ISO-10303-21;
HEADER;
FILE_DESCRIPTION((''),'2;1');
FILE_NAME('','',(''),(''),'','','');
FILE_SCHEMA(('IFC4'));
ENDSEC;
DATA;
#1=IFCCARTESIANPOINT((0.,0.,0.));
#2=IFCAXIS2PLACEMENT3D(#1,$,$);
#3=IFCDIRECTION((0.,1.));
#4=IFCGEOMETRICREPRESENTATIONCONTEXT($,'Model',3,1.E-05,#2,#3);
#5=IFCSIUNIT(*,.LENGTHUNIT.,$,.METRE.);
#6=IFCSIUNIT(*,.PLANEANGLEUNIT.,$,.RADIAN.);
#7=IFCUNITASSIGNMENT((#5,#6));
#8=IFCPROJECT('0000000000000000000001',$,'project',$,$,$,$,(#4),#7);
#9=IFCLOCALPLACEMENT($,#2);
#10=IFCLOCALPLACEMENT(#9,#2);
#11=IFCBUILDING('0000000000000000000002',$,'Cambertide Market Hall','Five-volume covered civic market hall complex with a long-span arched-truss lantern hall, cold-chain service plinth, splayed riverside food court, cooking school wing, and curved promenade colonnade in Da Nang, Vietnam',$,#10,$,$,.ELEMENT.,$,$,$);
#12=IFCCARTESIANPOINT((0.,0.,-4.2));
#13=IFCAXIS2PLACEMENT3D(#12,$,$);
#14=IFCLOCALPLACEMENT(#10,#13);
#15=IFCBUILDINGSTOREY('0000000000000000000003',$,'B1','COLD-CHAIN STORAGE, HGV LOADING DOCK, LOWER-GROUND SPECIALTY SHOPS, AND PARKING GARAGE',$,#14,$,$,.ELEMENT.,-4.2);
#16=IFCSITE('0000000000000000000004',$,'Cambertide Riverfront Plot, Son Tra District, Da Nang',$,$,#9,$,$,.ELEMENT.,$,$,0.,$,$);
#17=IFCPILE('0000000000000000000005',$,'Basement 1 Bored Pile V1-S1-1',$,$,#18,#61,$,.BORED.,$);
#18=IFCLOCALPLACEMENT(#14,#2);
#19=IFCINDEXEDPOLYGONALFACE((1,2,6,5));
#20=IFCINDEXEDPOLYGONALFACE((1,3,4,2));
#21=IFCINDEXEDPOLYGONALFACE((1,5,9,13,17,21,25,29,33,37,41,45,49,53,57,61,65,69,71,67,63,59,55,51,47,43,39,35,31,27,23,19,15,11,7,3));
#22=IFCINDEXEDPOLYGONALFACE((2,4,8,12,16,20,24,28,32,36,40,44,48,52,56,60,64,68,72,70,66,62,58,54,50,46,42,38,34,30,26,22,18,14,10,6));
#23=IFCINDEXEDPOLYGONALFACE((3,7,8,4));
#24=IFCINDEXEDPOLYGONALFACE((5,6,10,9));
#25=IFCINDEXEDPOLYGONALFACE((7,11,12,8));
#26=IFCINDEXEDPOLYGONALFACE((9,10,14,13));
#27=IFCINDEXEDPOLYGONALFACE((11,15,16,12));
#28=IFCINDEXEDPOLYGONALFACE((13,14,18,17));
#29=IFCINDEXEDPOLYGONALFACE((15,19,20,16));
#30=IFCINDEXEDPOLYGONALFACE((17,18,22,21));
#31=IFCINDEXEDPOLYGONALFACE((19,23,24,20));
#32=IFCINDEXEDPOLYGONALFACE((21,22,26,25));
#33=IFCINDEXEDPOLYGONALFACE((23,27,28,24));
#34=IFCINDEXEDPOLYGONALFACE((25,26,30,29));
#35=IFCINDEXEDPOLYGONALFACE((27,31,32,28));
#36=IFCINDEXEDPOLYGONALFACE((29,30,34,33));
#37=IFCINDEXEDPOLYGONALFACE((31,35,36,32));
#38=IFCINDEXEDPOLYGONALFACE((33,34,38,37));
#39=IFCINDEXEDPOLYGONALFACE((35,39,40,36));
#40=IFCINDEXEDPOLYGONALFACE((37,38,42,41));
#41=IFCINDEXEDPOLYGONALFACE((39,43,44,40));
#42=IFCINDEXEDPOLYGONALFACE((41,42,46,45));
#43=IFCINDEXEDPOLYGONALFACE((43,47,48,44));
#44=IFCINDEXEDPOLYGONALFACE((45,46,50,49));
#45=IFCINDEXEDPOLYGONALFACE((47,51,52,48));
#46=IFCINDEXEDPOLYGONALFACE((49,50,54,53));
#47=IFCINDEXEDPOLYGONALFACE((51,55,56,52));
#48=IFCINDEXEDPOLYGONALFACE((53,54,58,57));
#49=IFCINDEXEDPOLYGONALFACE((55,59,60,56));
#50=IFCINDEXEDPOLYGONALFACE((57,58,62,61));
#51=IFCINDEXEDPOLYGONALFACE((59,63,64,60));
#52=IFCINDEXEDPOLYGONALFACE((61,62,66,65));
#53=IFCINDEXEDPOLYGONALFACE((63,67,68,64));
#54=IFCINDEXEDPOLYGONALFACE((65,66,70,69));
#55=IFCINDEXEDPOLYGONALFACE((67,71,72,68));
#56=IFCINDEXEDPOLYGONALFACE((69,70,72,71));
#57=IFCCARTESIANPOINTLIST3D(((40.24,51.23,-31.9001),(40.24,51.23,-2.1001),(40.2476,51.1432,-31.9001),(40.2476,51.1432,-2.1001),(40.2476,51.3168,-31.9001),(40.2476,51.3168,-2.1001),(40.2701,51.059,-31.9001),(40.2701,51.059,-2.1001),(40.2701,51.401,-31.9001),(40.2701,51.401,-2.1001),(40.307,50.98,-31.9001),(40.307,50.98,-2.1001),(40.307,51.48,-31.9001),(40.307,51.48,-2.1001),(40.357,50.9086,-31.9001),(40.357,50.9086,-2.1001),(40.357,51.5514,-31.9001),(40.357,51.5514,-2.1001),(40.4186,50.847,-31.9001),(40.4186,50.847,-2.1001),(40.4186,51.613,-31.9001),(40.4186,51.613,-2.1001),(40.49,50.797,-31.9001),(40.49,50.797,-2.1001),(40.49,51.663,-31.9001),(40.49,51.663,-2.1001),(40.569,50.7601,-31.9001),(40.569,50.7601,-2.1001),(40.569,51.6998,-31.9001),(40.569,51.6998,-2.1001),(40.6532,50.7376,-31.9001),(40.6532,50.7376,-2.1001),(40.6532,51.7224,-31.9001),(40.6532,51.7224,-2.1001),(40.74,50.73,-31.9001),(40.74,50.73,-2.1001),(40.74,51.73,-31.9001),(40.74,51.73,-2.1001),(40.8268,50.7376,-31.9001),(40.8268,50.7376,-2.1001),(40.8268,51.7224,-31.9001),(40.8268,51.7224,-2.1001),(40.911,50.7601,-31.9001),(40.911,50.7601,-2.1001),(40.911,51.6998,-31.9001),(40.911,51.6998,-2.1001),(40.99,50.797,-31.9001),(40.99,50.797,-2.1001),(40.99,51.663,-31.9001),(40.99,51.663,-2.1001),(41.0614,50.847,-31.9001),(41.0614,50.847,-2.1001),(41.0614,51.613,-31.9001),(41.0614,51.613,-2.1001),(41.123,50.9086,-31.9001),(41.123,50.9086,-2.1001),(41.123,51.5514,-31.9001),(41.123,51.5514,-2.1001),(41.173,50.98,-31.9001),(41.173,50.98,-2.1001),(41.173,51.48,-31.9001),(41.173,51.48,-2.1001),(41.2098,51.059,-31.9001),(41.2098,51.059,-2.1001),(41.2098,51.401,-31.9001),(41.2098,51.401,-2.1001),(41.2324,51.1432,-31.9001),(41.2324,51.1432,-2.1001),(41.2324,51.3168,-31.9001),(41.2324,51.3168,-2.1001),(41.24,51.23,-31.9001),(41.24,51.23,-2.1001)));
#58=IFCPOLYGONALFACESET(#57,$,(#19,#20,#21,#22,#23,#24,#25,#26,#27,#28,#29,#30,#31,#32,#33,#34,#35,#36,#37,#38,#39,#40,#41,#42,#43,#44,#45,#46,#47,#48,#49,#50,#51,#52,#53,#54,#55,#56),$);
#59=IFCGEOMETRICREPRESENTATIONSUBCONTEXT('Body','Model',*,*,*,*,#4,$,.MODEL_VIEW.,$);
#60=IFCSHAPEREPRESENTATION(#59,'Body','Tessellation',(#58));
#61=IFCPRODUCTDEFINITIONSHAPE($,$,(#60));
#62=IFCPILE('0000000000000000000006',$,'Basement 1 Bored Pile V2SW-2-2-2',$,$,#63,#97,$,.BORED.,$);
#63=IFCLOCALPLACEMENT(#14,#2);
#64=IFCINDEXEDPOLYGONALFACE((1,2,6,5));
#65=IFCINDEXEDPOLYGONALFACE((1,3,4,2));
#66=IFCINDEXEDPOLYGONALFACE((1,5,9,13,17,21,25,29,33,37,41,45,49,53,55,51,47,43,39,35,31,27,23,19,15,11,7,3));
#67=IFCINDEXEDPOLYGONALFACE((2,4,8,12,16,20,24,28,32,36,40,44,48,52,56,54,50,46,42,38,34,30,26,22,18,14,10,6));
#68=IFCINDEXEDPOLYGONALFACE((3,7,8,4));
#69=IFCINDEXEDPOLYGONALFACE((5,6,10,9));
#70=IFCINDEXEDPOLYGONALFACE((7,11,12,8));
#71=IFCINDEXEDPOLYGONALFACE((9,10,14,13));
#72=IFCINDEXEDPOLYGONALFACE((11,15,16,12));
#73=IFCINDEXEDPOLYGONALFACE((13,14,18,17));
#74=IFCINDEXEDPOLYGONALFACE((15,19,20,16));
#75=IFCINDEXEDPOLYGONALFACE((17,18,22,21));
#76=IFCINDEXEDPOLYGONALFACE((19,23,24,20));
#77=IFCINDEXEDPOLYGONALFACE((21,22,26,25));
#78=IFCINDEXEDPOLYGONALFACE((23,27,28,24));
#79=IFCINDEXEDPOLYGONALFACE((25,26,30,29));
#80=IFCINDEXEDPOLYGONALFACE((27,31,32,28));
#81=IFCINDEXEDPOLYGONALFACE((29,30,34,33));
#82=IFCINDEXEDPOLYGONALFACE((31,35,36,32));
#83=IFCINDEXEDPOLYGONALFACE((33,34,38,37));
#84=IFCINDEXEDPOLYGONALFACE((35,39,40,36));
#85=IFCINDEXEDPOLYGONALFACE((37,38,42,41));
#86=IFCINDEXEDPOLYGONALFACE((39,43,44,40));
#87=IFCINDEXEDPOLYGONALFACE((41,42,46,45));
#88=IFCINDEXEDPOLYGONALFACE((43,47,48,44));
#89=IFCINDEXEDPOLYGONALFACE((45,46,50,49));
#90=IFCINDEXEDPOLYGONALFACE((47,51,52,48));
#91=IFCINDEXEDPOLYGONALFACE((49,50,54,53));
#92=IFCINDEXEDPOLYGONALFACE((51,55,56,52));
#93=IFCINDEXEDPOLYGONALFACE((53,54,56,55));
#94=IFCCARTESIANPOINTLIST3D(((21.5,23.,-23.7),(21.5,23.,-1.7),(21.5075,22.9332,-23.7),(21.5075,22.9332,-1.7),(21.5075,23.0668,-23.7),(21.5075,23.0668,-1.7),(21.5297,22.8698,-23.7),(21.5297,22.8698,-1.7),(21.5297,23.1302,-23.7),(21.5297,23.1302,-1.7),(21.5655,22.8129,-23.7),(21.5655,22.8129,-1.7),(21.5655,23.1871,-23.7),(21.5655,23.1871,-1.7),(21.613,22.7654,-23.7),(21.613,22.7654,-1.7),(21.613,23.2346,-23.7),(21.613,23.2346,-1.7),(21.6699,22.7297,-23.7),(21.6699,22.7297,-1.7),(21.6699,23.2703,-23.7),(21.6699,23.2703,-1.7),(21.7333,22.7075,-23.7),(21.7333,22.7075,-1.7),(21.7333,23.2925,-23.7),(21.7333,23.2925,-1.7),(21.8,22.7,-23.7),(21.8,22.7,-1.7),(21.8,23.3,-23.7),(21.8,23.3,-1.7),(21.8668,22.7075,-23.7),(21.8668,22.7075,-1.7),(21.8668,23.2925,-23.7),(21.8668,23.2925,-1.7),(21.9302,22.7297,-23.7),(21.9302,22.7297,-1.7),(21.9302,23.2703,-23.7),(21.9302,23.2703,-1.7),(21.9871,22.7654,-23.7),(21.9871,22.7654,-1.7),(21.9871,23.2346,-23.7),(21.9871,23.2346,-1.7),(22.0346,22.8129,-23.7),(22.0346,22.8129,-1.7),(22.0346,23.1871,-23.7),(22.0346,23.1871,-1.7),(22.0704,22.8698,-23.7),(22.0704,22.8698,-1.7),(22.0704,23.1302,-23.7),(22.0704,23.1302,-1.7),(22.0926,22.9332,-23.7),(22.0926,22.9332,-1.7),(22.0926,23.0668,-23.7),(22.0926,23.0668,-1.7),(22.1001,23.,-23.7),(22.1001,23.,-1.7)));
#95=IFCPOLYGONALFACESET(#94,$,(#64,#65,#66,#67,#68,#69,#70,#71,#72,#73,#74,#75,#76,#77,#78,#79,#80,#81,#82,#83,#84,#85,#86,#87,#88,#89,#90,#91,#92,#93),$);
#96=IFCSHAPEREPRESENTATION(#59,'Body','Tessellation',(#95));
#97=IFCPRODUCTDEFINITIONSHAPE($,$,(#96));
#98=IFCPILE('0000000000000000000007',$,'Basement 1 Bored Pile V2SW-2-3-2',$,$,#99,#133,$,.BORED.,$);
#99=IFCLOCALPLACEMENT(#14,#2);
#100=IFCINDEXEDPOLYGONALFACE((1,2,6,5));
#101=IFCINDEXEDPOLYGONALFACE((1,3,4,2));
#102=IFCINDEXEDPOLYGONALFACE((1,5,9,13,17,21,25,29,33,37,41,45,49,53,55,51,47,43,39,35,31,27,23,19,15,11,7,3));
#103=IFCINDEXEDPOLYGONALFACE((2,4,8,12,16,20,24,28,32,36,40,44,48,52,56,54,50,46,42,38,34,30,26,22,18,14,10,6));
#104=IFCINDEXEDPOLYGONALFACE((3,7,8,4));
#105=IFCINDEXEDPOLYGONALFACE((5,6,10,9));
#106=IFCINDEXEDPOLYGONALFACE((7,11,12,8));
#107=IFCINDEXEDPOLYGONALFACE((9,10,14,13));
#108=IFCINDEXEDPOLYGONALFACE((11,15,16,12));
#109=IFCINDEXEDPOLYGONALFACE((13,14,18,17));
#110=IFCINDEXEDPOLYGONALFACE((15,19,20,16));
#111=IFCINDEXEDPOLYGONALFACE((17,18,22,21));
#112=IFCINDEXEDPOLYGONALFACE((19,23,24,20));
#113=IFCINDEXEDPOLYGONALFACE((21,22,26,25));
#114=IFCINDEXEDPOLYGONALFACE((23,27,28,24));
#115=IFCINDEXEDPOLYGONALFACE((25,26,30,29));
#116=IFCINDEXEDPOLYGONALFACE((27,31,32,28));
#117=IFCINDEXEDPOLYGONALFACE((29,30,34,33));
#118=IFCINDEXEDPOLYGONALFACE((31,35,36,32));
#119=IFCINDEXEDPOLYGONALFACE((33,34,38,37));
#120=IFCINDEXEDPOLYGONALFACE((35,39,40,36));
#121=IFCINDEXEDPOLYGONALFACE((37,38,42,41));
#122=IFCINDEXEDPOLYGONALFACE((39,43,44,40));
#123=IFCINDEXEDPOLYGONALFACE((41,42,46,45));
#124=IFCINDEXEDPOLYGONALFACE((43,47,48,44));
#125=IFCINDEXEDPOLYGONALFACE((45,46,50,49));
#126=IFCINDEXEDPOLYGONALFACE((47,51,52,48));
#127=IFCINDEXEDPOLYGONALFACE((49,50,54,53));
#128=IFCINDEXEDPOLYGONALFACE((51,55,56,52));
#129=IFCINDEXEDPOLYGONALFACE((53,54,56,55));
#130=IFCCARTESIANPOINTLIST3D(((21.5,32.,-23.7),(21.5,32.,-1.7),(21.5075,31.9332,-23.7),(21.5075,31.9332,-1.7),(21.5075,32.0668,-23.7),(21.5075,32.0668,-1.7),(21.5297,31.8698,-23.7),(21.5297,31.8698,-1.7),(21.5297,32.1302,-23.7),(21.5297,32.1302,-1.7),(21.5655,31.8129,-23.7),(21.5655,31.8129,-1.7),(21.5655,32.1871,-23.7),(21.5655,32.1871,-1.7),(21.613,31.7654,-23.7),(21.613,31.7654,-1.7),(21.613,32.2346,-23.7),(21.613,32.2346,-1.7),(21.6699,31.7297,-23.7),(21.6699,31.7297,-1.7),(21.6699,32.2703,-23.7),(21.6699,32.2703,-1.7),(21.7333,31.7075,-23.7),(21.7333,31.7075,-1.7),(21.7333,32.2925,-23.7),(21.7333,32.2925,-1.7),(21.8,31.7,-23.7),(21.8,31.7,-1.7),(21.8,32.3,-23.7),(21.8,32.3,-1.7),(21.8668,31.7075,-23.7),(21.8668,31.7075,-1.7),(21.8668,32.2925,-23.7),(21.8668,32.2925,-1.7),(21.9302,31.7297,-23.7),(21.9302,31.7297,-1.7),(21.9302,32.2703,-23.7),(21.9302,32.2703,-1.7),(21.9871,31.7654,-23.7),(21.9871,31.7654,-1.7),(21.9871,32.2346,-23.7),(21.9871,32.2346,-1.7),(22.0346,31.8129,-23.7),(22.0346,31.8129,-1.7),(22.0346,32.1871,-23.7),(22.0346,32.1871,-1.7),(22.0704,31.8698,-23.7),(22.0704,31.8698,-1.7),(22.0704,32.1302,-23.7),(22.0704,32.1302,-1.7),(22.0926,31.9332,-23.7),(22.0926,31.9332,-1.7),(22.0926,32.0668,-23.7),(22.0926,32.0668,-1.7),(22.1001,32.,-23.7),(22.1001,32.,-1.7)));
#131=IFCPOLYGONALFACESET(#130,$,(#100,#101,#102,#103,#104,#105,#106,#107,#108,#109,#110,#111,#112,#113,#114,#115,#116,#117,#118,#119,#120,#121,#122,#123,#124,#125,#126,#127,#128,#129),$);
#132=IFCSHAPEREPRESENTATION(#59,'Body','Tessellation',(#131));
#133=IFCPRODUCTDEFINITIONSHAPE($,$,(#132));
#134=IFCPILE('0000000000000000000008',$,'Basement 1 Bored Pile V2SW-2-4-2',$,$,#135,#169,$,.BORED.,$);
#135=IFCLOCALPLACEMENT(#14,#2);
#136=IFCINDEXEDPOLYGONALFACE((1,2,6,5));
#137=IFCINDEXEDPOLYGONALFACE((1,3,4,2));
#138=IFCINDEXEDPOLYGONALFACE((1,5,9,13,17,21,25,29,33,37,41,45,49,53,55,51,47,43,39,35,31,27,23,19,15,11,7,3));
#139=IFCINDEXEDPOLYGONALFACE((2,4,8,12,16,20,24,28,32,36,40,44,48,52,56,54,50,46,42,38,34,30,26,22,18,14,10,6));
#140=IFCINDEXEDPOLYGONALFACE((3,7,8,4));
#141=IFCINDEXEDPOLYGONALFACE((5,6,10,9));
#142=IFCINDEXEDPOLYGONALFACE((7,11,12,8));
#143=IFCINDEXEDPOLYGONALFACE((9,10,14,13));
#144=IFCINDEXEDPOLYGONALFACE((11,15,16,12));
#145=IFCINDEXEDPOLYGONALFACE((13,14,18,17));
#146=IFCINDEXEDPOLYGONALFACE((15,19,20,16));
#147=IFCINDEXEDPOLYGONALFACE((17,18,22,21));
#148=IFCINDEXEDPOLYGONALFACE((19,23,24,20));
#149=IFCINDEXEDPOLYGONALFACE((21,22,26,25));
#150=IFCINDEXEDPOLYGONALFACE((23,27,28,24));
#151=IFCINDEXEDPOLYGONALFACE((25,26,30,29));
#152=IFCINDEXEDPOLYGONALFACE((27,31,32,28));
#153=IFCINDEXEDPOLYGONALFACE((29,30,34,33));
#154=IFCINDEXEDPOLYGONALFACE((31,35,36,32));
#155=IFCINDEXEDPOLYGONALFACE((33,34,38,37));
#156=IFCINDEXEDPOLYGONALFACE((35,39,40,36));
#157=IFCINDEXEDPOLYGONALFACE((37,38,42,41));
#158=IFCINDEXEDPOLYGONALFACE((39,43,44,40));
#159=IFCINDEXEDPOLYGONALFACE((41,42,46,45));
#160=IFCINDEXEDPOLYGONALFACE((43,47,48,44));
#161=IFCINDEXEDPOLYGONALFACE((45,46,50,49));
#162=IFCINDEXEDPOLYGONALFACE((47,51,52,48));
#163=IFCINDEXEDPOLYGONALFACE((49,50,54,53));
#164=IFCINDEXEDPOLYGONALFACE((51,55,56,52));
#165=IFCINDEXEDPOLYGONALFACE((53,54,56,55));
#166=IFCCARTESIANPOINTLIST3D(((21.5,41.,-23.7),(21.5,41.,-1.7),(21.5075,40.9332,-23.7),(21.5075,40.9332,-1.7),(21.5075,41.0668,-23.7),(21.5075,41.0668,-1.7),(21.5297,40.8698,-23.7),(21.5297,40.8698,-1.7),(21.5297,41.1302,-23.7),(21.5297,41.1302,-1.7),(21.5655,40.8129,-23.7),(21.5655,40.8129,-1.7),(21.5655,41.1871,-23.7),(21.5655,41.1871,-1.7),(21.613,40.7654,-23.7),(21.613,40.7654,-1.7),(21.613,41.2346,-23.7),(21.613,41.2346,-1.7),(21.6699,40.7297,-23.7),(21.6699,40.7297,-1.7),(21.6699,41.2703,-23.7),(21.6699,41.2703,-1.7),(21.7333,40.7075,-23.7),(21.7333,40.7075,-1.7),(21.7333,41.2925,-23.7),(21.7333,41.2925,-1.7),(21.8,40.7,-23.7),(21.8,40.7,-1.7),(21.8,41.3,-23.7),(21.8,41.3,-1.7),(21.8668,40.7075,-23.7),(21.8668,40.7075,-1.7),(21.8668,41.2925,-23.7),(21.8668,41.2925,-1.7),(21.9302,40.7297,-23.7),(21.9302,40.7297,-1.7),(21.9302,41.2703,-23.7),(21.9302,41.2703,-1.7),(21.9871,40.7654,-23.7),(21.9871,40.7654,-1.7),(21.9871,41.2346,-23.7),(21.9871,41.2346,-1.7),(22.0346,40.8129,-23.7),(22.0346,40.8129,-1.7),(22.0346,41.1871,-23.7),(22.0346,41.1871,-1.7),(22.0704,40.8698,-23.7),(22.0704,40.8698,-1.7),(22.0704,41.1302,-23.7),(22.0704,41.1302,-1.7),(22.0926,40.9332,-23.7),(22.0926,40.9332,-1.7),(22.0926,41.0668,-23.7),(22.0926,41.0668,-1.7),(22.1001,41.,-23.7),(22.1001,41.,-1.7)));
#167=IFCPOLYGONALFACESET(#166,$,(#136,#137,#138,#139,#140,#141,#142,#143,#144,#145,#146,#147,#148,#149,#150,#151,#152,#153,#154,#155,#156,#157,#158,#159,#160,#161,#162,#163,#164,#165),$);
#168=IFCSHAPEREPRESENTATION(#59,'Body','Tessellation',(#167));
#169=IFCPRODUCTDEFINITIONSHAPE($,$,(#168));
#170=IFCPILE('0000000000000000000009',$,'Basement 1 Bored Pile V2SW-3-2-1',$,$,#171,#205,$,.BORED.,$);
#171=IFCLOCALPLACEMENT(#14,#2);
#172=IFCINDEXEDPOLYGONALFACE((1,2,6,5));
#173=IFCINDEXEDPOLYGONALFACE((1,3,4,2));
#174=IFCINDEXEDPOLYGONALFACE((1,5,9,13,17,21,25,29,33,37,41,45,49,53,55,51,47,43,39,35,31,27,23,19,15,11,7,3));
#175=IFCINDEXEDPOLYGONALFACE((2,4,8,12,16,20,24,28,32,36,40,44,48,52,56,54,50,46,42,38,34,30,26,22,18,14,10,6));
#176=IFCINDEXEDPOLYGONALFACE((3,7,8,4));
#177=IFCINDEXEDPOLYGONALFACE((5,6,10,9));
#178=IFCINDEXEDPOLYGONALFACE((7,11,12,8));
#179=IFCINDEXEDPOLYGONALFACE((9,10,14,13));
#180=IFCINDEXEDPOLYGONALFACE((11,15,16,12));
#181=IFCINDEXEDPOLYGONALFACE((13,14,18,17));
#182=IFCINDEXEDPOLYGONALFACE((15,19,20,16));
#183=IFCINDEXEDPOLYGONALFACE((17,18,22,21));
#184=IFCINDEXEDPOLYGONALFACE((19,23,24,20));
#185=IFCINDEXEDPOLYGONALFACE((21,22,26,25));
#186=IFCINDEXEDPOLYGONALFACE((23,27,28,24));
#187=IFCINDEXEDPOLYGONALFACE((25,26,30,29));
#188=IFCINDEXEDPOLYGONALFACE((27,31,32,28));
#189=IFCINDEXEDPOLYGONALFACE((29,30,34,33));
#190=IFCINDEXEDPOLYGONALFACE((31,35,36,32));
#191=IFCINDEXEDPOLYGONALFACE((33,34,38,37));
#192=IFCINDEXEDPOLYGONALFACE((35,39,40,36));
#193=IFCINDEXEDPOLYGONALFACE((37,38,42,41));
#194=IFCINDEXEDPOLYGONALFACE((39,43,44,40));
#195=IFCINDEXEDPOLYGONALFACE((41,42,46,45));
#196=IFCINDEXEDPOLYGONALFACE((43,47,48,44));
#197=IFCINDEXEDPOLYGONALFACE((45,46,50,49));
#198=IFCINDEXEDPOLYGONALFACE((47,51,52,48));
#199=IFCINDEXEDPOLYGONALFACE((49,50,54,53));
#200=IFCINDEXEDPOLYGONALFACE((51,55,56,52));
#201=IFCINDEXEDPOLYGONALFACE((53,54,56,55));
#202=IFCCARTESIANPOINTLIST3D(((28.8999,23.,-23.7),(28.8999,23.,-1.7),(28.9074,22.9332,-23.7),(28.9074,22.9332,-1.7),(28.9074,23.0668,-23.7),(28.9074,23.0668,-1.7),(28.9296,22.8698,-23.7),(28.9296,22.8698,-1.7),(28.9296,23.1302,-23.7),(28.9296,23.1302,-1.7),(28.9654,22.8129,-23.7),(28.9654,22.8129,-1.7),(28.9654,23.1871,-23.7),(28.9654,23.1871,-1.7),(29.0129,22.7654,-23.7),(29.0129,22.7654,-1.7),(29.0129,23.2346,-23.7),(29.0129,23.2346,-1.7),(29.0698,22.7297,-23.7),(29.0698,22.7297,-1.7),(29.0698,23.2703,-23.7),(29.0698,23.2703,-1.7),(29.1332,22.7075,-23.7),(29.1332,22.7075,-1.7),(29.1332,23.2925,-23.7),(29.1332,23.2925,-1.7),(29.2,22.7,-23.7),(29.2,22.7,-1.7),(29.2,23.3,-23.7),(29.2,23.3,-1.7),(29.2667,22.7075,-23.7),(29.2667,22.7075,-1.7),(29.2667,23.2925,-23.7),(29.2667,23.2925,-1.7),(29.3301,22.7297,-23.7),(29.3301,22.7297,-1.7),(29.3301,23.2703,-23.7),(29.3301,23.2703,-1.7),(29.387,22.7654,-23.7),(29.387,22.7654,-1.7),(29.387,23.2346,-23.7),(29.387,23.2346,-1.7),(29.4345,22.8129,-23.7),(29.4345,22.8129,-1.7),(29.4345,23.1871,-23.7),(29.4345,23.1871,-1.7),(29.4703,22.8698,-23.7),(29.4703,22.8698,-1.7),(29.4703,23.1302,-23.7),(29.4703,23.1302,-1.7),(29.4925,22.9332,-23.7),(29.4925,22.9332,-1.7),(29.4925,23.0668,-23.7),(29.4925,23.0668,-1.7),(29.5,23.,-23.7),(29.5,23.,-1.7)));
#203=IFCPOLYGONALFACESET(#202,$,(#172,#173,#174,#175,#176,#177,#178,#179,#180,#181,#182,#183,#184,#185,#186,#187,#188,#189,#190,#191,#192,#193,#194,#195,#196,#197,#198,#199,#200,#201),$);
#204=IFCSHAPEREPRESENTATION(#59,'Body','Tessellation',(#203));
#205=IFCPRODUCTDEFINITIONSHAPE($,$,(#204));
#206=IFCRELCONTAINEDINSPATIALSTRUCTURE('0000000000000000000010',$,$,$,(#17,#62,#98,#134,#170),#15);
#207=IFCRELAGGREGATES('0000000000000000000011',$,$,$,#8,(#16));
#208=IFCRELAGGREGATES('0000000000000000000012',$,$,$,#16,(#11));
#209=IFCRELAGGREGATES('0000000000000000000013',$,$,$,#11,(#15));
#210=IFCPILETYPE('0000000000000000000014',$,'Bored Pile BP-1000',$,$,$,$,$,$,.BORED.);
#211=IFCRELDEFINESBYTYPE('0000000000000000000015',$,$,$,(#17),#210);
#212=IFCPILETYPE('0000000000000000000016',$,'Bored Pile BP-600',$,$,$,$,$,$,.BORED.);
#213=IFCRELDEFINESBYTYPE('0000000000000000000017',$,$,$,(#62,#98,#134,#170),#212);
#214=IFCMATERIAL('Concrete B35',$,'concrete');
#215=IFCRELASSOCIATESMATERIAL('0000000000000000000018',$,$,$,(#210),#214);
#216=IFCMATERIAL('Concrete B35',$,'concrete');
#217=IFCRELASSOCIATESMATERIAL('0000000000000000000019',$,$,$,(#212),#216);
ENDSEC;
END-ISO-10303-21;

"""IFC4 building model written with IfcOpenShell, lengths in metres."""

from ifc_helpers import new_model, si_unit, direction, frame, origin, origin_2d, place, context, subcontext, project, spatial, circle, extrude, material, material_profile, profile_set, type_object, element, save


model = new_model("IFC4")

# Units and contexts
model_context = context("Model", 3, precision=1e-05, world=origin(), true_north=direction((0.0, 1.0)))
body_context = subcontext(model_context, "Body", "Model", "MODEL_VIEW")
ifc_project = project(units=[si_unit("LENGTHUNIT", "METRE"), si_unit("PLANEANGLEUNIT", "RADIAN")], contexts=[model_context])

# Site, building, storey
site_placement = place(None, origin())
site = spatial("IfcSite", under=ifc_project, at=site_placement, Name="Cambertide Riverfront Plot, Son Tra District, Da Nang", CompositionType="ELEMENT", RefElevation=0.0)
building_placement = place(site_placement, origin())
building = spatial("IfcBuilding", under=site, at=building_placement, Name="Cambertide Market Hall", Description="Five-volume covered civic market hall complex with a long-span arched-truss lantern hall, cold-chain service plinth, splayed riverside food court, cooking school wing, and curved promenade colonnade in Da Nang, Vietnam", CompositionType="ELEMENT")
storey_placement = place(building_placement, frame((0.0, 0.0, -4.2)))
storey = spatial("IfcBuildingStorey", under=building, at=storey_placement, Name="B1", Description="COLD-CHAIN STORAGE, HGV LOADING DOCK, LOWER-GROUND SPECIALTY SHOPS, AND PARKING GARAGE", CompositionType="ELEMENT", Elevation=-4.2)

# Piles
ifc_material_1 = material(Name="Concrete B35", Category="concrete")
ifc_material_profile_1 = material_profile(ifc_material_1, circle(Radius=0.5, at=origin_2d()), Name="BP D1000")
ifc_profile_set_1 = profile_set([ifc_material_profile_1], Name="Concrete B35")
pile_type_1 = type_object("IfcPileType", Name="Bored Pile BP-1000", PredefinedType="BORED", material=ifc_profile_set_1)
pile_placement = place(storey_placement, frame((40.74, 51.23, -2.1001), z_axis=(0.0, 0.0, -1.0), x_axis=(1.0, 0.0, 0.0)))
element("IfcPile", 1, at=pile_placement, inside=storey, type_object=pile_type_1, Name="Basement 1 Bored Pile V1-S1-1", PredefinedType="BORED", context=body_context, shape_type="SweptSolid", body=[
    extrude(circle(Radius=0.5, at=origin_2d()), origin(), (0.0, 0.0, 1.0), 29.8),
])
ifc_material_2 = material(Name="Concrete B35", Category="concrete")
ifc_material_profile_2 = material_profile(ifc_material_2, circle(Radius=0.3, at=origin_2d()), Name="BP D600")
ifc_profile_set_2 = profile_set([ifc_material_profile_2], Name="Concrete B35")
pile_type_2 = type_object("IfcPileType", Name="Bored Pile BP-600", PredefinedType="BORED", material=ifc_profile_set_2)
for number, where, z_axis, x_axis, name in (
    (2, (21.8, 23.0, -1.7), (0.0, 0.0, -1.0), (1.0, 0.0, 0.0), "Basement 1 Bored Pile V2SW-2-2-2"),
    (3, (21.8, 32.0, -1.7), (0.0, 0.0, -1.0), (1.0, 0.0, 0.0), "Basement 1 Bored Pile V2SW-2-3-2"),
    (4, (21.8, 41.0, -1.7), (0.0, 0.0, -1.0), (1.0, 0.0, 0.0), "Basement 1 Bored Pile V2SW-2-4-2"),
    (5, (29.2, 23.0, -1.7), (0.0, 0.0, -1.0), (1.0, 0.0, 0.0), "Basement 1 Bored Pile V2SW-3-2-1"),
):
    element("IfcPile", number, at=place(storey_placement, frame(where, z_axis=z_axis, x_axis=x_axis)), inside=storey, type_object=pile_type_2, Name=name, PredefinedType="BORED", context=body_context, shape_type="SweptSolid", body=[
        extrude(circle(Radius=0.3, at=origin_2d()), origin(), (0.0, 0.0, 1.0), 22.0),
    ])

save(model, "model.ifc")
